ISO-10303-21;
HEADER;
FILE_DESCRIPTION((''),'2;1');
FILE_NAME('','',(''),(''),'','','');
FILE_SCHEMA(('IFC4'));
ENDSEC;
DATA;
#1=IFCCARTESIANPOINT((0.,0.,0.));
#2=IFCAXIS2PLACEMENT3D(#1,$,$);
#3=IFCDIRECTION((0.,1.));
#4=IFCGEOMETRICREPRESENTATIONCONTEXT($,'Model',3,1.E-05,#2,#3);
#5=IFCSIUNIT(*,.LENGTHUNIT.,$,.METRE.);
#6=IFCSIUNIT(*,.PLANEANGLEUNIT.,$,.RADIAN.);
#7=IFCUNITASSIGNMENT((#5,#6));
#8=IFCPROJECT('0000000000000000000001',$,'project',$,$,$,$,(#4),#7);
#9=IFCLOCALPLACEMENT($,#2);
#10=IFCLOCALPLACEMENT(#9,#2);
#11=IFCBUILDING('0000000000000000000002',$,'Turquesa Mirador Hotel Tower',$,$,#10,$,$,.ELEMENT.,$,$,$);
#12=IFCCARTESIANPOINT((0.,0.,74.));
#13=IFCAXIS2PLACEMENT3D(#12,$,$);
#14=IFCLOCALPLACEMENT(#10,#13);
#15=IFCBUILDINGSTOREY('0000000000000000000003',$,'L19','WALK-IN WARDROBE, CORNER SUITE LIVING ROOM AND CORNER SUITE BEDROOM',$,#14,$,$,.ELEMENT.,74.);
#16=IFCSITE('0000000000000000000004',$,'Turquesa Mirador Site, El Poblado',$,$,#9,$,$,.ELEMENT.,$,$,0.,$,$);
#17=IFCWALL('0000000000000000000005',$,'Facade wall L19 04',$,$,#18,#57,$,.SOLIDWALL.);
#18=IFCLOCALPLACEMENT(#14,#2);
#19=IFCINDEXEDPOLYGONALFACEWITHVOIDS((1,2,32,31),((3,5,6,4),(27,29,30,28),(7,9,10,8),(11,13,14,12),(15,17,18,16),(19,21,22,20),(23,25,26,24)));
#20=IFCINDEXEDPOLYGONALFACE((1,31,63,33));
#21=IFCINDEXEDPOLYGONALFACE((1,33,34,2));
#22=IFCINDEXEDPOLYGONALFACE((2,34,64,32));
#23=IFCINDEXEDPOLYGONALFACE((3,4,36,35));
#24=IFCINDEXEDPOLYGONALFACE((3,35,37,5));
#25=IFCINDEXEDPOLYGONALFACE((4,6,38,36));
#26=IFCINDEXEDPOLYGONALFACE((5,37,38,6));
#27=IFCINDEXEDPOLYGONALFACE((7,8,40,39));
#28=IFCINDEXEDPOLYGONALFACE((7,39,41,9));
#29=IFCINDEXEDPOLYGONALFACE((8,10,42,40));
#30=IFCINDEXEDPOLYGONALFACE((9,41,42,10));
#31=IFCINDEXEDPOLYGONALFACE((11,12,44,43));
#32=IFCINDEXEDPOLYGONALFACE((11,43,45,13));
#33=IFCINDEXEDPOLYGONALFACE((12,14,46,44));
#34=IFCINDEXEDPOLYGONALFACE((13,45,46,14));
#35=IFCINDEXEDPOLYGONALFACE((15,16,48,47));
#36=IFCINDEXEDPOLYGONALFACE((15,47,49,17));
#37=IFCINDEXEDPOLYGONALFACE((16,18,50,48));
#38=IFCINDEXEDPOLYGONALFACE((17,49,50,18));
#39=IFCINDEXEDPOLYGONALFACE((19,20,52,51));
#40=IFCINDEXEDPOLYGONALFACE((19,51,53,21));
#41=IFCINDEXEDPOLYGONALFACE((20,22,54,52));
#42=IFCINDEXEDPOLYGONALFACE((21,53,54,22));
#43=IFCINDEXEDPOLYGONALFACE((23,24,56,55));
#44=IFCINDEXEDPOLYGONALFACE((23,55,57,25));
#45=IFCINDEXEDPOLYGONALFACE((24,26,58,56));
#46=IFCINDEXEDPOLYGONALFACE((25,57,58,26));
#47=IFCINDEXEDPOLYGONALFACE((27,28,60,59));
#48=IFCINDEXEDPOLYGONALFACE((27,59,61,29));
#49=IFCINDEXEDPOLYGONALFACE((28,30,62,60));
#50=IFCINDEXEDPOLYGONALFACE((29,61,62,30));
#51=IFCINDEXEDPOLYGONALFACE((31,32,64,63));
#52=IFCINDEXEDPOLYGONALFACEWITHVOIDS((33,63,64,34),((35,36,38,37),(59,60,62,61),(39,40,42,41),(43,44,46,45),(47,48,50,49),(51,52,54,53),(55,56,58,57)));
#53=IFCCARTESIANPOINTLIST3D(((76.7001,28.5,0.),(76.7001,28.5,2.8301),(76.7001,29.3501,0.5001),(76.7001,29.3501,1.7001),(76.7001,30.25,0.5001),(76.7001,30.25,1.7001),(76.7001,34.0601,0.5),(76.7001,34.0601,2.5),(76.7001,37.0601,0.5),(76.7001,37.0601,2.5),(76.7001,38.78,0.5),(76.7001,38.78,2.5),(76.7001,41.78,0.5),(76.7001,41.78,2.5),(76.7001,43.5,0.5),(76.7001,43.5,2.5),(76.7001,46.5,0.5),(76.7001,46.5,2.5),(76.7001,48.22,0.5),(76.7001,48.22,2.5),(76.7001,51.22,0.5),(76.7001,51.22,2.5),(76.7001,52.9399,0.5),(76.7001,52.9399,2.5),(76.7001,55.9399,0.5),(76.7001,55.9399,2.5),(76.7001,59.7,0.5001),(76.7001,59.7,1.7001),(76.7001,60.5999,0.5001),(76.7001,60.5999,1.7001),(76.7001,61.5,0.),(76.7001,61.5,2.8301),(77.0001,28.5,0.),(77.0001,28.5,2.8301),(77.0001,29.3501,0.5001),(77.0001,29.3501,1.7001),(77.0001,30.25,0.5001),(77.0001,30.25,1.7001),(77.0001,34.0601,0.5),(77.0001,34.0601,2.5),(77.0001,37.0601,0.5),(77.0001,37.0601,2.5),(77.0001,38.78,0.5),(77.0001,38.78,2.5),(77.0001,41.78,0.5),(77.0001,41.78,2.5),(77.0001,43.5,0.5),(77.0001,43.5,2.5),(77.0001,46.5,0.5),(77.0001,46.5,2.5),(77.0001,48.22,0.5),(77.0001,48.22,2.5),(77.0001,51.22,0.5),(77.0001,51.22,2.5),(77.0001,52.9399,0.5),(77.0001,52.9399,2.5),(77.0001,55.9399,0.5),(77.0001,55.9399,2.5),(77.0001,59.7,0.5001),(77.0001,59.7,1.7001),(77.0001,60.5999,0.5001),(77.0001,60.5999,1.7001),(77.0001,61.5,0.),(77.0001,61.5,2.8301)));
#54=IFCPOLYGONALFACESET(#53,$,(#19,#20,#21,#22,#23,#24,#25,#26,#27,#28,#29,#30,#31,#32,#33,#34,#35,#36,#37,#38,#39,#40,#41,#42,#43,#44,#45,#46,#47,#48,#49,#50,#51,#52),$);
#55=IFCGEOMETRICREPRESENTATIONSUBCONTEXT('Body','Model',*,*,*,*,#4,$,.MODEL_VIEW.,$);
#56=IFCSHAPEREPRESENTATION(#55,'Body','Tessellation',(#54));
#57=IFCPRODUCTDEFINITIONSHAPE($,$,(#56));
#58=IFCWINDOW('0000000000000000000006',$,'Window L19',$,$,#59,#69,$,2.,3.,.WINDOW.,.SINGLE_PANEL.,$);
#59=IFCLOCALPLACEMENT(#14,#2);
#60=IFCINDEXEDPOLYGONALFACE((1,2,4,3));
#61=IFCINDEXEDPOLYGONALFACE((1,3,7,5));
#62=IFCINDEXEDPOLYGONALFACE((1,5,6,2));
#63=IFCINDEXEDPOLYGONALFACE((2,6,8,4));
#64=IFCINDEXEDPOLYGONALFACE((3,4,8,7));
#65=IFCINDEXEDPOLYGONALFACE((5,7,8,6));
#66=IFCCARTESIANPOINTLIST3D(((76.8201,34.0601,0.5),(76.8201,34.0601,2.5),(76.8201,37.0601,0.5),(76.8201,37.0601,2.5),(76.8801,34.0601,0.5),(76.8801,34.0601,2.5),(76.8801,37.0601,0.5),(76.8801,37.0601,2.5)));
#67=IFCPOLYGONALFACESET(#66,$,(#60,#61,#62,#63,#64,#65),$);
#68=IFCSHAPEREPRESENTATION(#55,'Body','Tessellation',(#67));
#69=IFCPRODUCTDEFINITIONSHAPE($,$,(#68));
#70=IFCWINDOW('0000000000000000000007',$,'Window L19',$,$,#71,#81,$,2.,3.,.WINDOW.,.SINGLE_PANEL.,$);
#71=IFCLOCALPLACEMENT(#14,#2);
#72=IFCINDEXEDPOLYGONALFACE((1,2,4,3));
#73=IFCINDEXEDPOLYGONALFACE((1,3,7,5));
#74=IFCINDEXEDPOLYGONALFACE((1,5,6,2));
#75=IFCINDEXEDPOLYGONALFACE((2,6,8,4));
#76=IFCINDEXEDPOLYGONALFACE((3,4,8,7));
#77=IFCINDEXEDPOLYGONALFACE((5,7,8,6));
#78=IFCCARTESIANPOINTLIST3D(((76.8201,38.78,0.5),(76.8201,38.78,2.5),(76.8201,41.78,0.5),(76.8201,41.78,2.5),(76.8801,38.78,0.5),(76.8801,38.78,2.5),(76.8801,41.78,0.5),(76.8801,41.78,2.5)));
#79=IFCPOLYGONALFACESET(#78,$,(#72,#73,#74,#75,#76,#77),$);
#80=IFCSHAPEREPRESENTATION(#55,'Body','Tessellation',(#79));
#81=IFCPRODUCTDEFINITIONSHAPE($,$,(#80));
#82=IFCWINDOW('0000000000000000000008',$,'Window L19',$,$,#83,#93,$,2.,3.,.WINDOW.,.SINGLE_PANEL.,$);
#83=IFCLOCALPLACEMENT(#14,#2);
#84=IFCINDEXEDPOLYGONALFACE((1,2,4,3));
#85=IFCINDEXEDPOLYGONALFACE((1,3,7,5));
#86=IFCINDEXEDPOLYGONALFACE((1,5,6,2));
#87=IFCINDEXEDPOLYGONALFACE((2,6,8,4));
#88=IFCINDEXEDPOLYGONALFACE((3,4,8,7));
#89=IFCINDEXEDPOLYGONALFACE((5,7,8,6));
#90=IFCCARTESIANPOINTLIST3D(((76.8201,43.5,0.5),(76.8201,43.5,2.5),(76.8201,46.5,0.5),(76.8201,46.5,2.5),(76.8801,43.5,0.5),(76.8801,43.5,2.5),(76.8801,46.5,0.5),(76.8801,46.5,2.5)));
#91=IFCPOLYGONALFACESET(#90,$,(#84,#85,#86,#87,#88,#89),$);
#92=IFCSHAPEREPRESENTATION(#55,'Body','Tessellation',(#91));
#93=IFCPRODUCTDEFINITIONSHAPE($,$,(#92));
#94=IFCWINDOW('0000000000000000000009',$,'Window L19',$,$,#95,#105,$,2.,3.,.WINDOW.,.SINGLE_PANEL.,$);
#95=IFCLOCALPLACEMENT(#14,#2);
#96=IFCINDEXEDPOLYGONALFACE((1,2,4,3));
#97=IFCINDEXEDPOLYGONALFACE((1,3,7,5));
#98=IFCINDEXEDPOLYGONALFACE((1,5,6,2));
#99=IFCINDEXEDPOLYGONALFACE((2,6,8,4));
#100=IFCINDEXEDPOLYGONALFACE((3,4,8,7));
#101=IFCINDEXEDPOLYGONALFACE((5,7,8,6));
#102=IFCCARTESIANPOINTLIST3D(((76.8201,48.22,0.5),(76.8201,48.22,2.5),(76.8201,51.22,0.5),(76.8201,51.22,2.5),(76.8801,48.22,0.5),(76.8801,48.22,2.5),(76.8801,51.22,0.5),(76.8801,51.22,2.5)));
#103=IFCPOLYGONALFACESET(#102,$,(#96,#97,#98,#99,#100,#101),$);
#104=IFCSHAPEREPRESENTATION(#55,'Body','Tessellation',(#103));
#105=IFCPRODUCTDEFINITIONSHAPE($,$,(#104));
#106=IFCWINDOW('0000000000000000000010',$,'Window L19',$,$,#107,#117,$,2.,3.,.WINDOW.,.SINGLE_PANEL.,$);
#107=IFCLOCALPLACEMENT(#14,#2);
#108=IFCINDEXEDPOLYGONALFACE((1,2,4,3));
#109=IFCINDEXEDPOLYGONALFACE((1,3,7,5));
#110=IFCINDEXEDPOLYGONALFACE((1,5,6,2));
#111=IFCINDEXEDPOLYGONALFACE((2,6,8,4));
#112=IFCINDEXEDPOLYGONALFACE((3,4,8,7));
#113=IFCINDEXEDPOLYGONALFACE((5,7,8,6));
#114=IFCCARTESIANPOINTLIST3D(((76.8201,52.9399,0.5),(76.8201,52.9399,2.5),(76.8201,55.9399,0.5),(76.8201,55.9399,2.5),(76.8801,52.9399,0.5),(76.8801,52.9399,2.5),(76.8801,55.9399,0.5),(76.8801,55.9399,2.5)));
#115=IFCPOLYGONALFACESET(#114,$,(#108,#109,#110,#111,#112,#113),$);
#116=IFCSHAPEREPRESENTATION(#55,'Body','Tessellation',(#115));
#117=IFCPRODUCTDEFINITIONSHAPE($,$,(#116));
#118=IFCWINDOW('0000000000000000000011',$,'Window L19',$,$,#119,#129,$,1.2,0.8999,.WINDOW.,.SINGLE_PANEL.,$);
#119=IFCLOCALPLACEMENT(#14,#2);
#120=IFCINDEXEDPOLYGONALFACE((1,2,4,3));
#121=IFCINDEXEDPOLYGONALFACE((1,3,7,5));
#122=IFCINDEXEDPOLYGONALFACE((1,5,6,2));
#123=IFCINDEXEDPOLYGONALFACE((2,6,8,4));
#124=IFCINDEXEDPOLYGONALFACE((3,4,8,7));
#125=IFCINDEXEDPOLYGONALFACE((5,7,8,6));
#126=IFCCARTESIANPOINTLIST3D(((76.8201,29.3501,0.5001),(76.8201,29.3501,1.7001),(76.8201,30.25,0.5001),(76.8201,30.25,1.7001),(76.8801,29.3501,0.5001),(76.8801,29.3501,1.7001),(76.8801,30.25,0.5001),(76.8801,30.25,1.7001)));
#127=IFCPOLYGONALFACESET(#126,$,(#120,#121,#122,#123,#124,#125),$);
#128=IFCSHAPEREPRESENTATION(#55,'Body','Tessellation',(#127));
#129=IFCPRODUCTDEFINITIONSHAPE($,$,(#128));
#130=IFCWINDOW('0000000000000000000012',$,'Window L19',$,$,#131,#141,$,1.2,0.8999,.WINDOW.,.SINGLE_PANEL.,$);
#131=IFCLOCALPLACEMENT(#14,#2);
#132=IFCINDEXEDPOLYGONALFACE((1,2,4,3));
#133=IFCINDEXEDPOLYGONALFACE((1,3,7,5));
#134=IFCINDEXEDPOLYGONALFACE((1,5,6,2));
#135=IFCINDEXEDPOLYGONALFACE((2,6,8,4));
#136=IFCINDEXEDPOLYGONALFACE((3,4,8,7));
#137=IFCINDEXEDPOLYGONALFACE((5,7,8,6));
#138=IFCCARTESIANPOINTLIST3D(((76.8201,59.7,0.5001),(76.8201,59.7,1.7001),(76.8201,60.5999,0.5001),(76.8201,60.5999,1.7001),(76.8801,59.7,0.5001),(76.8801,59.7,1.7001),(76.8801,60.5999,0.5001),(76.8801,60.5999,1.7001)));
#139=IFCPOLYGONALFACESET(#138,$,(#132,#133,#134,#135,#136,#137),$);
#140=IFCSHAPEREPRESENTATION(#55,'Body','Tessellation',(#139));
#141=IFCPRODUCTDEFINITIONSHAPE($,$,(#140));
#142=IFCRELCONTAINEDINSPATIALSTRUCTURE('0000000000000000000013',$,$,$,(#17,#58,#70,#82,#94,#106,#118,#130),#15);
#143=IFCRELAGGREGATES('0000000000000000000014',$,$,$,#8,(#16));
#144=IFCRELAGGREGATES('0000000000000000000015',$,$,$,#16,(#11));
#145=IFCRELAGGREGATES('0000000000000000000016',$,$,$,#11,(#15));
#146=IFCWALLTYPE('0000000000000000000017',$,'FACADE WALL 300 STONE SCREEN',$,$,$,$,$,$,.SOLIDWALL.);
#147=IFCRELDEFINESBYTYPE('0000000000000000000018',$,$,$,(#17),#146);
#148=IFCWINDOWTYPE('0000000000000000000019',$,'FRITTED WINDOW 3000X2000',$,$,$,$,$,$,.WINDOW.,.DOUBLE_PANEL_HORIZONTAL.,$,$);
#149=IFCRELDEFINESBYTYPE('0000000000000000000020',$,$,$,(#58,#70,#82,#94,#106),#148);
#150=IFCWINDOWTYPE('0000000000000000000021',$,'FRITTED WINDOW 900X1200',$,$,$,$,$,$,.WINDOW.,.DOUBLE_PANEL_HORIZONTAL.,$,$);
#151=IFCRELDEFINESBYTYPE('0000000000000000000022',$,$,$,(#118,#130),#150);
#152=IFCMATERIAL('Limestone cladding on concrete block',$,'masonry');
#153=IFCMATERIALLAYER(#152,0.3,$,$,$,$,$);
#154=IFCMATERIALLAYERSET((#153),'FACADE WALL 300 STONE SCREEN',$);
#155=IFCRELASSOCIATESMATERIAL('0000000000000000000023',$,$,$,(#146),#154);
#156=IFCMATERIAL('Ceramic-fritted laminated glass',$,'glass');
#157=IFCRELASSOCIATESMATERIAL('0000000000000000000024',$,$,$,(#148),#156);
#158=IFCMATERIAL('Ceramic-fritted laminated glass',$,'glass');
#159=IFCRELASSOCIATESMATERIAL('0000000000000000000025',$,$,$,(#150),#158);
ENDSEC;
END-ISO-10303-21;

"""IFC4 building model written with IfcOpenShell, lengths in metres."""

from ifc_helpers import new_model, si_unit, direction, frame, frame_2d, origin, place, context, subcontext, project, spatial, rectangle, extrude, material, layer, layer_set, type_object, element, fill, save


model = new_model("IFC4")

# Units and contexts
model_context = context("Model", 3, precision=1e-05, world=origin(), true_north=direction((0.0, 1.0)))
body_context = subcontext(model_context, "Body", "Model", "MODEL_VIEW")
ifc_project = project(units=[si_unit("LENGTHUNIT", "METRE"), si_unit("PLANEANGLEUNIT", "RADIAN")], contexts=[model_context])

# Site, building, storey
site_placement = place(None, origin())
site = spatial("IfcSite", under=ifc_project, at=site_placement, Name="Turquesa Mirador Site, El Poblado", CompositionType="ELEMENT", RefElevation=0.0)
building_placement = place(site_placement, origin())
building = spatial("IfcBuilding", under=site, at=building_placement, Name="Turquesa Mirador Hotel Tower", CompositionType="ELEMENT")
storey_placement = place(building_placement, frame((0.0, 0.0, 74.0)))
storey = spatial("IfcBuildingStorey", under=building, at=storey_placement, Name="L19", Description="WALK-IN WARDROBE, CORNER SUITE LIVING ROOM AND CORNER SUITE BEDROOM", CompositionType="ELEMENT", Elevation=74.0)

# Shared definitions
ifc_material_1 = material(Name="Limestone cladding on concrete block", Category="masonry")
ifc_layer = layer(ifc_material_1, 0.3)
ifc_layer_set = layer_set([ifc_layer], Name="FACADE WALL 300 STONE SCREEN")
wall_type = type_object("IfcWallType", Name="FACADE WALL 300 STONE SCREEN", PredefinedType="SOLIDWALL", material=ifc_layer_set)

# Wall, openings, windows
wall_1_placement = place(storey_placement, frame((76.8501, 28.5, 0.0), z_axis=(0.0, 0.0, 1.0), x_axis=(0.0, 1.0, 0.0)))
wall_1 = element("IfcWall", 1, at=wall_1_placement, inside=storey, type_object=wall_type, Name="Facade wall L19 04", PredefinedType="SOLIDWALL", context=body_context, shape_type="SweptSolid", body=[
    extrude(rectangle(XDim=33.0, YDim=0.3, at=frame_2d((16.5, 0.0))), origin(), (0.0, 0.0, 1.0), 2.8301),
])
opening_1_placement = place(wall_1_placement, frame((0.8501, 0.0, 0.5)))
opening_1 = element("IfcOpeningElement", 2, at=opening_1_placement, cuts=wall_1, PredefinedType="OPENING", context=body_context, shape_type="SweptSolid", body=[
    extrude(rectangle(XDim=0.8999, YDim=1.2, at=frame_2d((0.45, 0.6001))), frame((0.0, 0.1599, 0.0), z_axis=(0.0, -1.0, 0.0), x_axis=(1.0, 0.0, 0.0)), (0.0, 0.0, 1.0), 0.3201),
])
opening_2_placement = place(wall_1_placement, frame((5.5601, 0.0, 0.5)))
opening_2 = element("IfcOpeningElement", 3, at=opening_2_placement, cuts=wall_1, PredefinedType="OPENING", context=body_context, shape_type="SweptSolid", body=[
    extrude(rectangle(XDim=3.0, YDim=2.0, at=frame_2d((1.5, 1.0))), frame((0.0, 0.1599, 0.0), z_axis=(0.0, -1.0, 0.0), x_axis=(1.0, 0.0, 0.0)), (0.0, 0.0, 1.0), 0.3201),
])
opening_3_placement = place(wall_1_placement, frame((10.28, 0.0, 0.5)))
opening_3 = element("IfcOpeningElement", 4, at=opening_3_placement, cuts=wall_1, PredefinedType="OPENING", context=body_context, shape_type="SweptSolid", body=[
    extrude(rectangle(XDim=3.0, YDim=2.0, at=frame_2d((1.5, 1.0))), frame((0.0, 0.1599, 0.0), z_axis=(0.0, -1.0, 0.0), x_axis=(1.0, 0.0, 0.0)), (0.0, 0.0, 1.0), 0.3201),
])
opening_4_placement = place(wall_1_placement, frame((15.0, 0.0, 0.5)))
opening_4 = element("IfcOpeningElement", 5, at=opening_4_placement, cuts=wall_1, PredefinedType="OPENING", context=body_context, shape_type="SweptSolid", body=[
    extrude(rectangle(XDim=3.0, YDim=2.0, at=frame_2d((1.5, 1.0))), frame((0.0, 0.1599, 0.0), z_axis=(0.0, -1.0, 0.0), x_axis=(1.0, 0.0, 0.0)), (0.0, 0.0, 1.0), 0.3201),
])
opening_5_placement = place(wall_1_placement, frame((19.72, 0.0, 0.5)))
opening_5 = element("IfcOpeningElement", 6, at=opening_5_placement, cuts=wall_1, PredefinedType="OPENING", context=body_context, shape_type="SweptSolid", body=[
    extrude(rectangle(XDim=3.0, YDim=2.0, at=frame_2d((1.5, 1.0))), frame((0.0, 0.1599, 0.0), z_axis=(0.0, -1.0, 0.0), x_axis=(1.0, 0.0, 0.0)), (0.0, 0.0, 1.0), 0.3201),
])
opening_6_placement = place(wall_1_placement, frame((24.4399, 0.0, 0.5)))
opening_6 = element("IfcOpeningElement", 7, at=opening_6_placement, cuts=wall_1, PredefinedType="OPENING", context=body_context, shape_type="SweptSolid", body=[
    extrude(rectangle(XDim=3.0, YDim=2.0, at=frame_2d((1.5, 1.0))), frame((0.0, 0.1599, 0.0), z_axis=(0.0, -1.0, 0.0), x_axis=(1.0, 0.0, 0.0)), (0.0, 0.0, 1.0), 0.3201),
])
opening_7_placement = place(wall_1_placement, frame((31.2, 0.0, 0.5)))
opening_7 = element("IfcOpeningElement", 8, at=opening_7_placement, cuts=wall_1, PredefinedType="OPENING", context=body_context, shape_type="SweptSolid", body=[
    extrude(rectangle(XDim=0.8999, YDim=1.2, at=frame_2d((0.45, 0.6001))), frame((0.0, 0.1599, 0.0), z_axis=(0.0, -1.0, 0.0), x_axis=(1.0, 0.0, 0.0)), (0.0, 0.0, 1.0), 0.3201),
])
ifc_material_2 = material(Name="Ceramic-fritted laminated glass", Category="glass")
window_type_1 = type_object("IfcWindowType", Name="FRITTED WINDOW 3000X2000", PartitioningType="DOUBLE_PANEL_HORIZONTAL", PredefinedType="WINDOW", material=ifc_material_2)
window_1_placement = place(opening_2_placement, origin())
window_1 = element("IfcWindow", 9, at=window_1_placement, inside=storey, type_object=window_type_1, Name="Window L19", OverallHeight=2.0, OverallWidth=3.0, PartitioningType="SINGLE_PANEL", PredefinedType="WINDOW", context=body_context, shape_type="SweptSolid", body=[
    extrude(rectangle(XDim=3.0, YDim=2.0, at=frame_2d((1.5, 1.0))), frame((0.0, 0.03, 0.0), z_axis=(0.0, -1.0, 0.0), x_axis=(1.0, 0.0, 0.0)), (0.0, 0.0, 1.0), 0.0601),
])
fill(opening_2, window_1)
window_2_placement = place(opening_3_placement, origin())
window_2 = element("IfcWindow", 10, at=window_2_placement, inside=storey, type_object=window_type_1, Name="Window L19", OverallHeight=2.0, OverallWidth=3.0, PartitioningType="SINGLE_PANEL", PredefinedType="WINDOW", context=body_context, shape_type="SweptSolid", body=[
    extrude(rectangle(XDim=3.0, YDim=2.0, at=frame_2d((1.5, 1.0))), frame((0.0, 0.03, 0.0), z_axis=(0.0, -1.0, 0.0), x_axis=(1.0, 0.0, 0.0)), (0.0, 0.0, 1.0), 0.0601),
])
fill(opening_3, window_2)
window_3_placement = place(opening_4_placement, origin())
window_3 = element("IfcWindow", 11, at=window_3_placement, inside=storey, type_object=window_type_1, Name="Window L19", OverallHeight=2.0, OverallWidth=3.0, PartitioningType="SINGLE_PANEL", PredefinedType="WINDOW", context=body_context, shape_type="SweptSolid", body=[
    extrude(rectangle(XDim=3.0, YDim=2.0, at=frame_2d((1.5, 1.0))), frame((0.0, 0.03, 0.0), z_axis=(0.0, -1.0, 0.0), x_axis=(1.0, 0.0, 0.0)), (0.0, 0.0, 1.0), 0.0601),
])
fill(opening_4, window_3)
window_4_placement = place(opening_5_placement, origin())
window_4 = element("IfcWindow", 12, at=window_4_placement, inside=storey, type_object=window_type_1, Name="Window L19", OverallHeight=2.0, OverallWidth=3.0, PartitioningType="SINGLE_PANEL", PredefinedType="WINDOW", context=body_context, shape_type="SweptSolid", body=[
    extrude(rectangle(XDim=3.0, YDim=2.0, at=frame_2d((1.5, 1.0))), frame((0.0, 0.03, 0.0), z_axis=(0.0, -1.0, 0.0), x_axis=(1.0, 0.0, 0.0)), (0.0, 0.0, 1.0), 0.0601),
])
fill(opening_5, window_4)
window_5_placement = place(opening_6_placement, origin())
window_5 = element("IfcWindow", 13, at=window_5_placement, inside=storey, type_object=window_type_1, Name="Window L19", OverallHeight=2.0, OverallWidth=3.0, PartitioningType="SINGLE_PANEL", PredefinedType="WINDOW", context=body_context, shape_type="SweptSolid", body=[
    extrude(rectangle(XDim=3.0, YDim=2.0, at=frame_2d((1.5, 1.0))), frame((0.0, 0.03, 0.0), z_axis=(0.0, -1.0, 0.0), x_axis=(1.0, 0.0, 0.0)), (0.0, 0.0, 1.0), 0.0601),
])
fill(opening_6, window_5)
ifc_material_3 = material(Name="Ceramic-fritted laminated glass", Category="glass")
window_type_2 = type_object("IfcWindowType", Name="FRITTED WINDOW 900X1200", PartitioningType="DOUBLE_PANEL_HORIZONTAL", PredefinedType="WINDOW", material=ifc_material_3)
window_6_placement = place(opening_1_placement, origin())
window_6 = element("IfcWindow", 14, at=window_6_placement, inside=storey, type_object=window_type_2, Name="Window L19", OverallHeight=1.2, OverallWidth=0.8999, PartitioningType="SINGLE_PANEL", PredefinedType="WINDOW", context=body_context, shape_type="SweptSolid", body=[
    extrude(rectangle(XDim=0.8999, YDim=1.2, at=frame_2d((0.45, 0.6001))), frame((0.0, 0.03, 0.0), z_axis=(0.0, -1.0, 0.0), x_axis=(1.0, 0.0, 0.0)), (0.0, 0.0, 1.0), 0.0601),
])
fill(opening_1, window_6)
window_7_placement = place(opening_7_placement, origin())
window_7 = element("IfcWindow", 15, at=window_7_placement, inside=storey, type_object=window_type_2, Name="Window L19", OverallHeight=1.2, OverallWidth=0.8999, PartitioningType="SINGLE_PANEL", PredefinedType="WINDOW", context=body_context, shape_type="SweptSolid", body=[
    extrude(rectangle(XDim=0.8999, YDim=1.2, at=frame_2d((0.45, 0.6001))), frame((0.0, 0.03, 0.0), z_axis=(0.0, -1.0, 0.0), x_axis=(1.0, 0.0, 0.0)), (0.0, 0.0, 1.0), 0.0601),
])
fill(opening_7, window_7)

save(model, "model.ifc")
